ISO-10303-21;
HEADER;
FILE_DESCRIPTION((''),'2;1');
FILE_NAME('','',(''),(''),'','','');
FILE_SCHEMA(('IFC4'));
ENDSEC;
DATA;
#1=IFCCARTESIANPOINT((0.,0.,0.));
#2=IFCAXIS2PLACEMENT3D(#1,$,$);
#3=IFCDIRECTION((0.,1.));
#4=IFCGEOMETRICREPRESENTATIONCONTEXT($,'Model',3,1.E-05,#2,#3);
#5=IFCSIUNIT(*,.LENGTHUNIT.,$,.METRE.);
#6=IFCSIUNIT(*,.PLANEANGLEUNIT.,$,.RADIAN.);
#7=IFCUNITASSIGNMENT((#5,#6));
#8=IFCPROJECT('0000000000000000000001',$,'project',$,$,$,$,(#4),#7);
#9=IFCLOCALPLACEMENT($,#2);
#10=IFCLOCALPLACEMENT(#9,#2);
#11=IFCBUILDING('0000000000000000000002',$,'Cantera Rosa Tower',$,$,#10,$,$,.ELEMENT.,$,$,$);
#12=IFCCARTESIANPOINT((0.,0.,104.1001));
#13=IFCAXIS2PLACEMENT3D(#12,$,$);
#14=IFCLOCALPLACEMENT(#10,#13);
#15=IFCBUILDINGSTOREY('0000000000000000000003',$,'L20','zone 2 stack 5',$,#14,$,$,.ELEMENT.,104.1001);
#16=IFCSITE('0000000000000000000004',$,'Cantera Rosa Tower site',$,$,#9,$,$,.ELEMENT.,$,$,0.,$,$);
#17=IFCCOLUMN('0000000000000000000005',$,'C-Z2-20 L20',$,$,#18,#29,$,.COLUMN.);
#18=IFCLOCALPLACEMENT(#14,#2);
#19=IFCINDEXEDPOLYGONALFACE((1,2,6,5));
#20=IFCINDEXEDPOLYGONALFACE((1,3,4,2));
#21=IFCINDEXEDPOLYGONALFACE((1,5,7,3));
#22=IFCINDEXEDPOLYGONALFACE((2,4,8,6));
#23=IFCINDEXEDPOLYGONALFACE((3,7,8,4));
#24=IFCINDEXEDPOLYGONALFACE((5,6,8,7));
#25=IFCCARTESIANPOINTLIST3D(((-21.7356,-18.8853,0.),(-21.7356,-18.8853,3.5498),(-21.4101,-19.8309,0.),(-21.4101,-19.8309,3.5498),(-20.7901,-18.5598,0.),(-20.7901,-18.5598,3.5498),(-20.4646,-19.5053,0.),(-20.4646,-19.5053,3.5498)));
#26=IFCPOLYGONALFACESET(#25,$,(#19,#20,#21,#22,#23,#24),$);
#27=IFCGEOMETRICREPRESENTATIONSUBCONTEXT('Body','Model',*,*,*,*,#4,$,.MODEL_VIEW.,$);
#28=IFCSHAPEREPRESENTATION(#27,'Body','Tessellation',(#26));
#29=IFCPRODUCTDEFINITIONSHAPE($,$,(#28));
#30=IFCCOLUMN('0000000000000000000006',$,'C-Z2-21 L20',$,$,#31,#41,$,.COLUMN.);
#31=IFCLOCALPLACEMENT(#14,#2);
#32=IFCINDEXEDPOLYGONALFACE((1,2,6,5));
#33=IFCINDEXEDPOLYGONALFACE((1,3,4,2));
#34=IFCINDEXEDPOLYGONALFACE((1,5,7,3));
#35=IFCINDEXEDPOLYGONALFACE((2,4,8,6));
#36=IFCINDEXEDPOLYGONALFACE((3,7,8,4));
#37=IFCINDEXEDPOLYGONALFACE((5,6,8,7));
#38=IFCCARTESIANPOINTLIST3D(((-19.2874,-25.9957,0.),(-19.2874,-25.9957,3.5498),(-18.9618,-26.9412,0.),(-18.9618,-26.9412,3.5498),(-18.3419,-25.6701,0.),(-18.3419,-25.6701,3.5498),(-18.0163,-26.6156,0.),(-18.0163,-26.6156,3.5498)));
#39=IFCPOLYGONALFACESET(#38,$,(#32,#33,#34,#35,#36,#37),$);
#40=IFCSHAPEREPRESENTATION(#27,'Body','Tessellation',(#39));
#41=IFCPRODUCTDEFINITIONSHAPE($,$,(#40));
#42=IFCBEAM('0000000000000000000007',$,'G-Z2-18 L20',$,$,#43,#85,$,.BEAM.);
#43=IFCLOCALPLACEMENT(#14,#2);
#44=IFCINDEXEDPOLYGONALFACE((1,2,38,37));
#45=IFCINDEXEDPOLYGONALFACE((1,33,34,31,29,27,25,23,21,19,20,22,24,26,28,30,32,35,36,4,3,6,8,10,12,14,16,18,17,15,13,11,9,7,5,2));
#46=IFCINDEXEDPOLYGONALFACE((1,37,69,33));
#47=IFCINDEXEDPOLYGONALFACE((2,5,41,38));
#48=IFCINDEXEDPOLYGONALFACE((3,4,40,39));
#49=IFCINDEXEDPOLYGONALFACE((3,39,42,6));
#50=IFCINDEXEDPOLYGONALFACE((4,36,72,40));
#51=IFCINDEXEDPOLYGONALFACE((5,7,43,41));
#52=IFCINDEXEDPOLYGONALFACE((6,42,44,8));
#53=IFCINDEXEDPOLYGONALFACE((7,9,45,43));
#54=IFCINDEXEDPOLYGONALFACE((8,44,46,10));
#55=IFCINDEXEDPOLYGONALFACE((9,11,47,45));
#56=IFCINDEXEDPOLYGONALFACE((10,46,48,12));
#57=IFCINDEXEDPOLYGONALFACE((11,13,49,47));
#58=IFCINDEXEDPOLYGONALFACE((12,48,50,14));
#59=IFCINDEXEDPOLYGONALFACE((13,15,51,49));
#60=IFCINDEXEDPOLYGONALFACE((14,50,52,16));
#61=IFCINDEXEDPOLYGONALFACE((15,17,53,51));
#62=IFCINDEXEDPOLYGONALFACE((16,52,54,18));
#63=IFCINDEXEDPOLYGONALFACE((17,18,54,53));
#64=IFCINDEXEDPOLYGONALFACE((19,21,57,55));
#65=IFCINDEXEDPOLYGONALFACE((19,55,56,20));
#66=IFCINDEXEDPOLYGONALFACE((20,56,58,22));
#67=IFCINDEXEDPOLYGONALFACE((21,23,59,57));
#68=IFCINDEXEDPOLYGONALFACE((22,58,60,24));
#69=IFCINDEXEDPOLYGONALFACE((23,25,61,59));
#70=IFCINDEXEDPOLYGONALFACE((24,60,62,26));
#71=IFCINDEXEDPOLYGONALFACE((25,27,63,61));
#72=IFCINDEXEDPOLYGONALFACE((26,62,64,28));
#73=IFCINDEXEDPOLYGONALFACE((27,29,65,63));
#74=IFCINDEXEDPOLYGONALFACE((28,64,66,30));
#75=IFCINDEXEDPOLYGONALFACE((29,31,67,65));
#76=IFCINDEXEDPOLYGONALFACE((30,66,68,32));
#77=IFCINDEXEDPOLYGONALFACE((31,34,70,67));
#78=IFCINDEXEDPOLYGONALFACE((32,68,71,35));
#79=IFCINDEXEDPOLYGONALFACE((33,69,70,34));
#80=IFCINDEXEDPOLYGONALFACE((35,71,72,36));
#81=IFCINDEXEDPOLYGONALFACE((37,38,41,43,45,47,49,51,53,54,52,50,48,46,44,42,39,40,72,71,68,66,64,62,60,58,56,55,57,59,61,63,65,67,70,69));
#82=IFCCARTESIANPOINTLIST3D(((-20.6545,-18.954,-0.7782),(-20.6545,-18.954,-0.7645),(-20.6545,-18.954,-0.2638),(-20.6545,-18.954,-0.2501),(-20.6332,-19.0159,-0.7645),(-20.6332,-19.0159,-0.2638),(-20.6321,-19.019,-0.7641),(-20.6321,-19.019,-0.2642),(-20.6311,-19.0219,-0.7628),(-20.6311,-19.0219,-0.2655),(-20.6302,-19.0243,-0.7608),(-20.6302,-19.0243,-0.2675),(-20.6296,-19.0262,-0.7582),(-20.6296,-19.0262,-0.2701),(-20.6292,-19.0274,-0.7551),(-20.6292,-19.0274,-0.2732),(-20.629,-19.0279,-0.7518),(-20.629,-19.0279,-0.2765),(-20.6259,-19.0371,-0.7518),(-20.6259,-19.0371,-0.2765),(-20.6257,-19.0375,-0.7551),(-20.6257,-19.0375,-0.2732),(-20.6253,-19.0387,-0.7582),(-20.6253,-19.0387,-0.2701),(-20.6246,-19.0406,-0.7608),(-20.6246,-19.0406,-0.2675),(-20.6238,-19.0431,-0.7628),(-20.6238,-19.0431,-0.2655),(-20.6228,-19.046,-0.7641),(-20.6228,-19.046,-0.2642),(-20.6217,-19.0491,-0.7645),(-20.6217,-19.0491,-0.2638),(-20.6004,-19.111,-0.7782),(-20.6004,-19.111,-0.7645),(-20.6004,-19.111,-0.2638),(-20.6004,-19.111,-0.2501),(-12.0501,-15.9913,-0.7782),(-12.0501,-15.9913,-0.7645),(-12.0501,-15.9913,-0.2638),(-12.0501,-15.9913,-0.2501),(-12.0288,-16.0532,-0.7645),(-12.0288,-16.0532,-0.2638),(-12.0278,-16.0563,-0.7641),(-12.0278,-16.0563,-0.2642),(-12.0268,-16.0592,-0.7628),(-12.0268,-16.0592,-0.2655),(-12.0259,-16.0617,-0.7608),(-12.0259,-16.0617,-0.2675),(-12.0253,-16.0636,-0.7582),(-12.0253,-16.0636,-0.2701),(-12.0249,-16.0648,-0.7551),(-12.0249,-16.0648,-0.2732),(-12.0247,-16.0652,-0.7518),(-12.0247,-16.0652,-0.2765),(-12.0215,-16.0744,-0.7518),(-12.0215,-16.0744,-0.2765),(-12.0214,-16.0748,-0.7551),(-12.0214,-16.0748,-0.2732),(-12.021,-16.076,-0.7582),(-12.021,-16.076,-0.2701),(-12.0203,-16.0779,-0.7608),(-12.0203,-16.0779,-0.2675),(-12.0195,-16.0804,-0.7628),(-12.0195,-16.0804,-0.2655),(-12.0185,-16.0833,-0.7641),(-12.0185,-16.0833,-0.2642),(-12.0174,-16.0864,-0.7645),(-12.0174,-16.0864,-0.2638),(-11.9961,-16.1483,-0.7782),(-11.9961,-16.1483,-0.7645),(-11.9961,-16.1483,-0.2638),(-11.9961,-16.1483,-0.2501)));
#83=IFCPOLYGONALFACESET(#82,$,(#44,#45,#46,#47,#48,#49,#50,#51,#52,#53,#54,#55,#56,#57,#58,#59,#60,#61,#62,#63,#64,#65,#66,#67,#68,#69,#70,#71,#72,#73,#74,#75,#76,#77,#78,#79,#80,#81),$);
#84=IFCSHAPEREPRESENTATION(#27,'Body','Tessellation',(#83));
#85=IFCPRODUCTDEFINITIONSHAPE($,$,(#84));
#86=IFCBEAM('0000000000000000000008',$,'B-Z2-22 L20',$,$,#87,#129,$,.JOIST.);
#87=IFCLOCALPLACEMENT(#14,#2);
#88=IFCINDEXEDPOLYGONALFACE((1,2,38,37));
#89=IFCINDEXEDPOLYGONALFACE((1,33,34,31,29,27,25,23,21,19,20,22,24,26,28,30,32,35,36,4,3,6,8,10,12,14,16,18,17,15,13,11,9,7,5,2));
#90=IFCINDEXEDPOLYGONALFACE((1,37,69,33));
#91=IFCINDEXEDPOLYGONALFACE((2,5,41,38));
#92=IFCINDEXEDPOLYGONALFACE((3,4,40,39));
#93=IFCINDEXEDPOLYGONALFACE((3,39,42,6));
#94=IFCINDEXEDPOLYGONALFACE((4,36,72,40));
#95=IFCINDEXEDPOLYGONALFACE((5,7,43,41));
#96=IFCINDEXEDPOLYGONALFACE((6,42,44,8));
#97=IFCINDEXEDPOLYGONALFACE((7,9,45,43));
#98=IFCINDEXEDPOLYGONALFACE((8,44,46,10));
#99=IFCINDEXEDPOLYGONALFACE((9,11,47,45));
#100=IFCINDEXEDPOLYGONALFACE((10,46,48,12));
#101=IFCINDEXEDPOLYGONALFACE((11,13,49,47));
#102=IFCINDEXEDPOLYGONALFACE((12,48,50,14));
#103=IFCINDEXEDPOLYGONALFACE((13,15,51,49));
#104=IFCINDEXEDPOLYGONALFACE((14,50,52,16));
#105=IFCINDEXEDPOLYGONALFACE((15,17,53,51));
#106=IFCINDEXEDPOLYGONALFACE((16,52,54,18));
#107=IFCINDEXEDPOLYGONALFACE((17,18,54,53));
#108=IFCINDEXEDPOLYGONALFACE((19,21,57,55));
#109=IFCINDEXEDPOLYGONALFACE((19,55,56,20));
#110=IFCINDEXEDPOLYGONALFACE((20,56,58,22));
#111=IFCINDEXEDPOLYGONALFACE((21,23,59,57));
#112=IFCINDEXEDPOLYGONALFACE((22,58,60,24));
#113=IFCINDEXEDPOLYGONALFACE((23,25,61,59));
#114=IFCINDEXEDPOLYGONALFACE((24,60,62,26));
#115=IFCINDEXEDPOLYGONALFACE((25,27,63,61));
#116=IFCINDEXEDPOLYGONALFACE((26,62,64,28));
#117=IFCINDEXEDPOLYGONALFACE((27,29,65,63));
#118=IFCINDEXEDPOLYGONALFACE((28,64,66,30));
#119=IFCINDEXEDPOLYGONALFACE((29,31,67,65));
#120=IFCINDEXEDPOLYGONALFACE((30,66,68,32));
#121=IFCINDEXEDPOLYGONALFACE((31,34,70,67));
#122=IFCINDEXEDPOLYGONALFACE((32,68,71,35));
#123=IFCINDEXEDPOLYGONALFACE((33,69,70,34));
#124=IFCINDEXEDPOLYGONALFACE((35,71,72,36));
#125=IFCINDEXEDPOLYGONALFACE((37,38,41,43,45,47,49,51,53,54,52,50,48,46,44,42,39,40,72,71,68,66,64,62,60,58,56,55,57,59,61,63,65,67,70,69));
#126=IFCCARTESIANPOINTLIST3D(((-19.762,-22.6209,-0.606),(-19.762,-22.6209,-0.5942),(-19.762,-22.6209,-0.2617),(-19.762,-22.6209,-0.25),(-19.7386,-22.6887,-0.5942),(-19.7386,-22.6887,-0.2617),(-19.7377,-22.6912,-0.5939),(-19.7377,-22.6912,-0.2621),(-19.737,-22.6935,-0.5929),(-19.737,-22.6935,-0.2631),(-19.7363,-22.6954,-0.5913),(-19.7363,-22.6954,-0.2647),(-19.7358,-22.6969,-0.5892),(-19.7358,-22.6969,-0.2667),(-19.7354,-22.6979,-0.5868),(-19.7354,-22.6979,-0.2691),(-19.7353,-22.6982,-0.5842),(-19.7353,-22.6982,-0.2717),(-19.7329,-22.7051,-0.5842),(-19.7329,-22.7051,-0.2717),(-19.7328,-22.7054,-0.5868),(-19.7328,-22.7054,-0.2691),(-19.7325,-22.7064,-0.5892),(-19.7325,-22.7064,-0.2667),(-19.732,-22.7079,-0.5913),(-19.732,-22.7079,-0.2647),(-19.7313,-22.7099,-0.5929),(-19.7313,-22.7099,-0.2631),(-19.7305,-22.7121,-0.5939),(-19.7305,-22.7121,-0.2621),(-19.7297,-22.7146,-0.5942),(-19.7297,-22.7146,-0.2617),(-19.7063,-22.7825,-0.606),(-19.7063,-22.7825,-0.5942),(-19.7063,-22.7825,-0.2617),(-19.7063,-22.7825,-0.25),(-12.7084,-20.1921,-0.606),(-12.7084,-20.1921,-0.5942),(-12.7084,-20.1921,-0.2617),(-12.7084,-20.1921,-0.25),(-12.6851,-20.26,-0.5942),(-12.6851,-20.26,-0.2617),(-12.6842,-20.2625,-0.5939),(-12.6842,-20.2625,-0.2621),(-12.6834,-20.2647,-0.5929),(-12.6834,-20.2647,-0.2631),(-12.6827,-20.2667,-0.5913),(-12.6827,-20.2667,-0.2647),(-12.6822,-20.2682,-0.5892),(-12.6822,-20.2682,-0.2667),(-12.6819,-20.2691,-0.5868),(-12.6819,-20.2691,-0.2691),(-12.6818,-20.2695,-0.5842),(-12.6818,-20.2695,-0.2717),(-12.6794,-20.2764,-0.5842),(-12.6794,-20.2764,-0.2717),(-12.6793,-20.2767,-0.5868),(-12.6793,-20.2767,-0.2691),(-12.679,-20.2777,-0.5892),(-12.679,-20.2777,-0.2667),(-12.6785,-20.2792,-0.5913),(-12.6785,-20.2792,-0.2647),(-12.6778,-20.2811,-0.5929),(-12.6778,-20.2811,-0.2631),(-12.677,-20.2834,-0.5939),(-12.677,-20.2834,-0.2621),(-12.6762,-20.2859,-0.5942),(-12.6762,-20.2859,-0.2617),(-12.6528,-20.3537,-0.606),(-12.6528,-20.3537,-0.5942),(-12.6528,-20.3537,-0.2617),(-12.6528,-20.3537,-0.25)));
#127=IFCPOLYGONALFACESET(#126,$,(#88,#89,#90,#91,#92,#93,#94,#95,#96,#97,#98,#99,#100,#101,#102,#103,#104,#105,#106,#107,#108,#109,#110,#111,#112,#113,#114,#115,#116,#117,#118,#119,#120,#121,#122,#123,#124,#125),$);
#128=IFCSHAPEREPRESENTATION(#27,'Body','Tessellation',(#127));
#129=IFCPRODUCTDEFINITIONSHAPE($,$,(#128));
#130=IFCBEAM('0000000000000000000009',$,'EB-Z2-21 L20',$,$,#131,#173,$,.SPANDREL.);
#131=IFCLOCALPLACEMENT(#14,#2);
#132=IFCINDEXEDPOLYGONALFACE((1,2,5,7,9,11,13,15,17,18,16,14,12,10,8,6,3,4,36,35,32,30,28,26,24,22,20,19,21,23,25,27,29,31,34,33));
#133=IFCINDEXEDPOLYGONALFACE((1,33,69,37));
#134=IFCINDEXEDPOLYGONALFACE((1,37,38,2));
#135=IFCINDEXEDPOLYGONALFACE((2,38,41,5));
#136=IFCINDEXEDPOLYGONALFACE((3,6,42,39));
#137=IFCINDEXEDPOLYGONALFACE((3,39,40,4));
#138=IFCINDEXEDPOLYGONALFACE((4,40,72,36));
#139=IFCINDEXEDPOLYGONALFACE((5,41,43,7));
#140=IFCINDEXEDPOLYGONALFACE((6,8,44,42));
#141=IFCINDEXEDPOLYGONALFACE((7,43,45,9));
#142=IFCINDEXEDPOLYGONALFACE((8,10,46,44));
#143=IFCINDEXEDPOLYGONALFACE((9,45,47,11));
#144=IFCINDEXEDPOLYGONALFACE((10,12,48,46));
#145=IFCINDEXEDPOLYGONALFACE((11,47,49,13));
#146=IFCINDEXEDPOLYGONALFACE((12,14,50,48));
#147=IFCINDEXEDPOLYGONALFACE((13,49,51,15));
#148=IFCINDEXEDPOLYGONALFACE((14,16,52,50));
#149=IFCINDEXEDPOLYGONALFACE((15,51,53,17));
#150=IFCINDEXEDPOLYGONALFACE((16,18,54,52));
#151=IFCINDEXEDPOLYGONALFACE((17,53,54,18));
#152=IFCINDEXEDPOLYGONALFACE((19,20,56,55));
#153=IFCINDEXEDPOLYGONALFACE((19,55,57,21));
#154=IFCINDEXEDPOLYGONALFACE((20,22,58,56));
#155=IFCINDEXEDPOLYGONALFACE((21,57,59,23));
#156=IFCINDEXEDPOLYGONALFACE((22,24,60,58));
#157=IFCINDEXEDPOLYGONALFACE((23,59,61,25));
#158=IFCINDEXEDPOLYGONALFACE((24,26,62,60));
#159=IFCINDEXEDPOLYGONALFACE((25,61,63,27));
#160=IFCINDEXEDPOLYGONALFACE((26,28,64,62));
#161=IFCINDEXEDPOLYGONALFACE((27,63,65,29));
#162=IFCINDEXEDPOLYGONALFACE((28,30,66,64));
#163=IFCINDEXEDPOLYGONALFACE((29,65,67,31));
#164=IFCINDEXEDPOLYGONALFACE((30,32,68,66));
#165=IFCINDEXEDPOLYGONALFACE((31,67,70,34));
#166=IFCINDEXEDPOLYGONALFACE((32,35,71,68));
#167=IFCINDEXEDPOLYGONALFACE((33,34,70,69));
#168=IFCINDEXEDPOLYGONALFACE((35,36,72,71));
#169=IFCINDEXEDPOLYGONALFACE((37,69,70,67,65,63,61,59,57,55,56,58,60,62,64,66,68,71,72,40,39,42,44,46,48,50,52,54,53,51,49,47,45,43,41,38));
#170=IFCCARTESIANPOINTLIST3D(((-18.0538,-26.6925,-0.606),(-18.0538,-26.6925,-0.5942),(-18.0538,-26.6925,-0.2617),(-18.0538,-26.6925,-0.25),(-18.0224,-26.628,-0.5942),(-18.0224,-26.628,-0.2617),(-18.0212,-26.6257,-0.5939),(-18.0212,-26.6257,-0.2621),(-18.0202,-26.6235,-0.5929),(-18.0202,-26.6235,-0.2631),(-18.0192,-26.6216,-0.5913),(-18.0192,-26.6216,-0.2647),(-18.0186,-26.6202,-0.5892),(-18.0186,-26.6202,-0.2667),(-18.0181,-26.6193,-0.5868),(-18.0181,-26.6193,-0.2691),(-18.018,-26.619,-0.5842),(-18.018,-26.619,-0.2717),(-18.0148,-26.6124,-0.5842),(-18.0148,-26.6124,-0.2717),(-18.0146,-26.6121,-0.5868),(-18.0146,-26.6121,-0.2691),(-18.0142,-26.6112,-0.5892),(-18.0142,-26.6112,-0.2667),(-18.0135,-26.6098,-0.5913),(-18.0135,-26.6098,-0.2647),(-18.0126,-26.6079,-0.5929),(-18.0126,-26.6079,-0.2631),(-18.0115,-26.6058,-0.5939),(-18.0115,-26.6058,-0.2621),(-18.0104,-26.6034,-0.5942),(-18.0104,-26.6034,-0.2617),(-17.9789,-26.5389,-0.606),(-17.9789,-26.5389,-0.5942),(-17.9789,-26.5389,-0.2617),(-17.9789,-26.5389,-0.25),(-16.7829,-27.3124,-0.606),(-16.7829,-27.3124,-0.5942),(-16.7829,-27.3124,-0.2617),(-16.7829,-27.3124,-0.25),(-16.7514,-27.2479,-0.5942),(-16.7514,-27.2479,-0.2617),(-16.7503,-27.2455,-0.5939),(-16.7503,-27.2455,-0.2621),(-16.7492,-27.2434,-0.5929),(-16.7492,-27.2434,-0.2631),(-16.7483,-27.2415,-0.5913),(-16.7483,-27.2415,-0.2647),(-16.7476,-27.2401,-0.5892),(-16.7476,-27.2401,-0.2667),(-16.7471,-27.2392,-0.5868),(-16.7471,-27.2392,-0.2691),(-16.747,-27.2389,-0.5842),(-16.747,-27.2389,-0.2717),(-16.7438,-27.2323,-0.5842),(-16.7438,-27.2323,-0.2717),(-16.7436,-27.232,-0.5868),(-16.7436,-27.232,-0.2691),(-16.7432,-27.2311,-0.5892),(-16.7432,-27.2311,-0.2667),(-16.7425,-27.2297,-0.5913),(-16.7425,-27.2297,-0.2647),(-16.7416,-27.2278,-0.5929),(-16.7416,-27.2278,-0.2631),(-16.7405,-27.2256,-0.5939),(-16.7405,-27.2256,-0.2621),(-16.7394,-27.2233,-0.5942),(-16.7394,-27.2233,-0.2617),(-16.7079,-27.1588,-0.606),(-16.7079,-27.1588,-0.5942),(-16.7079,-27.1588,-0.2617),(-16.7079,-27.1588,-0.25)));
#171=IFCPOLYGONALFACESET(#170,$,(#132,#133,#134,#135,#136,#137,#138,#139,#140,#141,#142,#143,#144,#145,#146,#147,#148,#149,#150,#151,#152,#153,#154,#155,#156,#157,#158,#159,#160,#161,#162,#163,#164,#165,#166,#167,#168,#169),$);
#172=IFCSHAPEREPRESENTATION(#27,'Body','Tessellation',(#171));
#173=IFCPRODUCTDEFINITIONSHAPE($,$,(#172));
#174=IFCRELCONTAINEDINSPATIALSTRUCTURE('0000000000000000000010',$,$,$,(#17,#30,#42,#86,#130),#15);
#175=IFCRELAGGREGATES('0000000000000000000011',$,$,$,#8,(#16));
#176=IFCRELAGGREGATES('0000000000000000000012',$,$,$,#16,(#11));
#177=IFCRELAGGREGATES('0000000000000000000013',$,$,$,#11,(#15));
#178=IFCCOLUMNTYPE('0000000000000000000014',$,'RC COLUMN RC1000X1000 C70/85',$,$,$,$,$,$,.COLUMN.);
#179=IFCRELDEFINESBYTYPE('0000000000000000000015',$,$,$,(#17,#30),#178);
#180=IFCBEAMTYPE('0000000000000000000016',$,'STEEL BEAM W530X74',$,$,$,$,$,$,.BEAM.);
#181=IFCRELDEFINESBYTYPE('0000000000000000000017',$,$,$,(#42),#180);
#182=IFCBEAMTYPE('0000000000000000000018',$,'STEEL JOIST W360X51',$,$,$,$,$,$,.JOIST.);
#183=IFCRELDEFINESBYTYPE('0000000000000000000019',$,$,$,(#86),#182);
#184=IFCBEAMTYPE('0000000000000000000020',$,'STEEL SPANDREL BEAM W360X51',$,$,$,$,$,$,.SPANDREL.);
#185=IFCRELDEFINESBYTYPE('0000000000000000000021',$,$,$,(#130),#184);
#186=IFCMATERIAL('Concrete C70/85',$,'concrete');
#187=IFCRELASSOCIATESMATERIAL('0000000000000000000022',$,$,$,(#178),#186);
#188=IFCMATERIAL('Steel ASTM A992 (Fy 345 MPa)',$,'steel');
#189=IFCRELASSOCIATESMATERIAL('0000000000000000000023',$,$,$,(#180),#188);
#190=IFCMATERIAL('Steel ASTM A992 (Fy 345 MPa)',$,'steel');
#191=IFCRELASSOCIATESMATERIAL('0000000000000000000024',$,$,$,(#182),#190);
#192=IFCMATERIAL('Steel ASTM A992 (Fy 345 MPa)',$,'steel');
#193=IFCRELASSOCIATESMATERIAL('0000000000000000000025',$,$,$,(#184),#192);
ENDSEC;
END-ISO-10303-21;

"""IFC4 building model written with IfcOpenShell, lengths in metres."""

from ifc_helpers import new_model, si_unit, direction, frame, origin, origin_2d, place, context, subcontext, project, spatial, rectangle, i_section, extrude, material, material_profile, profile_set, type_object, element, save


model = new_model("IFC4")

# Units and contexts
model_context = context("Model", 3, precision=1e-05, world=origin(), true_north=direction((0.0, 1.0)))
body_context = subcontext(model_context, "Body", "Model", "MODEL_VIEW")
ifc_project = project(units=[si_unit("LENGTHUNIT", "METRE"), si_unit("PLANEANGLEUNIT", "RADIAN")], contexts=[model_context])

# Site, building, storey
site_placement = place(None, origin())
site = spatial("IfcSite", under=ifc_project, at=site_placement, Name="Cantera Rosa Tower site", CompositionType="ELEMENT", RefElevation=0.0)
building_placement = place(site_placement, origin())
building = spatial("IfcBuilding", under=site, at=building_placement, Name="Cantera Rosa Tower", CompositionType="ELEMENT")
storey_placement = place(building_placement, frame((0.0, 0.0, 104.1001)))
storey = spatial("IfcBuildingStorey", under=building, at=storey_placement, Name="L20", Description="zone 2 stack 5", CompositionType="ELEMENT", Elevation=104.1001)

# Columns
ifc_material_1 = material(Name="Concrete C70/85", Category="concrete")
ifc_material_profile_1 = material_profile(ifc_material_1, rectangle(XDim=1.0, YDim=1.0, at=origin_2d()), Name="RC COLUMN RC1000X1000 C70/85")
ifc_profile_set_1 = profile_set([ifc_material_profile_1], Name="Concrete C70/85")
column_type = type_object("IfcColumnType", Name="RC COLUMN RC1000X1000 C70/85", PredefinedType="COLUMN", material=ifc_profile_set_1)
for number, where, z_axis, x_axis, name in (
    (1, (-21.1001, -19.1953, 0.0), (0.0, 0.0, 1.0), (0.945519, 0.325568, 0.0), "C-Z2-20 L20"),
    (2, (-18.6519, -26.3057, 0.0), (0.0, 0.0, 1.0), (0.945519, 0.325568, 0.0), "C-Z2-21 L20"),
):
    element("IfcColumn", number, at=place(storey_placement, frame(where, z_axis=z_axis, x_axis=x_axis)), inside=storey, type_object=column_type, Name=name, PredefinedType="COLUMN", context=body_context, shape_type="SweptSolid", body=[
        extrude(rectangle(XDim=1.0, YDim=1.0, at=origin_2d()), origin(), (0.0, 0.0, 1.0), 3.5498),
    ])

# Beams
ifc_material_2 = material(Name="Steel ASTM A992 (Fy 345 MPa)", Category="steel")
ifc_material_profile_2 = material_profile(ifc_material_2, i_section(OverallWidth=0.166, OverallDepth=0.5281, WebThickness=0.0098, FlangeThickness=0.0137, FilletRadius=0.0127, at=origin_2d()), Name="W530X74")
ifc_profile_set_2 = profile_set([ifc_material_profile_2], Name="Steel ASTM A992 (Fy 345 MPa)")
beam_type_1 = type_object("IfcBeamType", Name="STEEL BEAM W530X74", PredefinedType="BEAM", material=ifc_profile_set_2)
beam_1_placement = place(storey_placement, frame((-20.6274, -19.0325, -0.5142), z_axis=(0.94552, 0.325565, 0.0), x_axis=(-0.325565, 0.94552, 0.0)))
element("IfcBeam", 3, at=beam_1_placement, inside=storey, type_object=beam_type_1, Name="G-Z2-18 L20", PredefinedType="BEAM", context=body_context, shape_type="SweptSolid", body=[
    extrude(i_section(OverallWidth=0.166, OverallDepth=0.5281, WebThickness=0.0098, FlangeThickness=0.0137, FilletRadius=0.0127, at=origin_2d()), origin(), (0.0, 0.0, 1.0), 9.1001),
])
ifc_material_3 = material(Name="Steel ASTM A992 (Fy 345 MPa)", Category="steel")
ifc_material_profile_3 = material_profile(ifc_material_3, i_section(OverallWidth=0.1709, OverallDepth=0.356, WebThickness=0.0073, FlangeThickness=0.0117, FilletRadius=0.01, at=origin_2d()), Name="W360X51")
ifc_profile_set_3 = profile_set([ifc_material_profile_3], Name="Steel ASTM A992 (Fy 345 MPa)")
beam_type_2 = type_object("IfcBeamType", Name="STEEL JOIST W360X51", PredefinedType="JOIST", material=ifc_profile_set_3)
beam_2_placement = place(storey_placement, frame((-19.7341, -22.7017, -0.428), z_axis=(0.945518, 0.325569, 0.0), x_axis=(-0.325569, 0.945518, 0.0)))
element("IfcBeam", 4, at=beam_2_placement, inside=storey, type_object=beam_type_2, Name="B-Z2-22 L20", PredefinedType="JOIST", context=body_context, shape_type="SweptSolid", body=[
    extrude(i_section(OverallWidth=0.1709, OverallDepth=0.356, WebThickness=0.0073, FlangeThickness=0.0117, FilletRadius=0.01, at=origin_2d()), origin(), (0.0, 0.0, 1.0), 7.46),
])
ifc_material_4 = material(Name="Steel ASTM A992 (Fy 345 MPa)", Category="steel")
ifc_material_profile_4 = material_profile(ifc_material_4, i_section(OverallWidth=0.1709, OverallDepth=0.356, WebThickness=0.0073, FlangeThickness=0.0117, FilletRadius=0.01, at=origin_2d()), Name="W360X51")
ifc_profile_set_4 = profile_set([ifc_material_profile_4], Name="Steel ASTM A992 (Fy 345 MPa)")
beam_type_3 = type_object("IfcBeamType", Name="STEEL SPANDREL BEAM W360X51", PredefinedType="SPANDREL", material=ifc_profile_set_4)
beam_3_placement = place(storey_placement, frame((-18.0164, -26.6157, -0.428), z_axis=(0.898803, -0.438352, 0.0), x_axis=(0.438352, 0.898803, 0.0)))
element("IfcBeam", 5, at=beam_3_placement, inside=storey, type_object=beam_type_3, Name="EB-Z2-21 L20", PredefinedType="SPANDREL", context=body_context, shape_type="SweptSolid", body=[
    extrude(i_section(OverallWidth=0.1709, OverallDepth=0.356, WebThickness=0.0073, FlangeThickness=0.0117, FilletRadius=0.01, at=origin_2d()), origin(), (0.0, 0.0, 1.0), 1.4141),
])

save(model, "model.ifc")
